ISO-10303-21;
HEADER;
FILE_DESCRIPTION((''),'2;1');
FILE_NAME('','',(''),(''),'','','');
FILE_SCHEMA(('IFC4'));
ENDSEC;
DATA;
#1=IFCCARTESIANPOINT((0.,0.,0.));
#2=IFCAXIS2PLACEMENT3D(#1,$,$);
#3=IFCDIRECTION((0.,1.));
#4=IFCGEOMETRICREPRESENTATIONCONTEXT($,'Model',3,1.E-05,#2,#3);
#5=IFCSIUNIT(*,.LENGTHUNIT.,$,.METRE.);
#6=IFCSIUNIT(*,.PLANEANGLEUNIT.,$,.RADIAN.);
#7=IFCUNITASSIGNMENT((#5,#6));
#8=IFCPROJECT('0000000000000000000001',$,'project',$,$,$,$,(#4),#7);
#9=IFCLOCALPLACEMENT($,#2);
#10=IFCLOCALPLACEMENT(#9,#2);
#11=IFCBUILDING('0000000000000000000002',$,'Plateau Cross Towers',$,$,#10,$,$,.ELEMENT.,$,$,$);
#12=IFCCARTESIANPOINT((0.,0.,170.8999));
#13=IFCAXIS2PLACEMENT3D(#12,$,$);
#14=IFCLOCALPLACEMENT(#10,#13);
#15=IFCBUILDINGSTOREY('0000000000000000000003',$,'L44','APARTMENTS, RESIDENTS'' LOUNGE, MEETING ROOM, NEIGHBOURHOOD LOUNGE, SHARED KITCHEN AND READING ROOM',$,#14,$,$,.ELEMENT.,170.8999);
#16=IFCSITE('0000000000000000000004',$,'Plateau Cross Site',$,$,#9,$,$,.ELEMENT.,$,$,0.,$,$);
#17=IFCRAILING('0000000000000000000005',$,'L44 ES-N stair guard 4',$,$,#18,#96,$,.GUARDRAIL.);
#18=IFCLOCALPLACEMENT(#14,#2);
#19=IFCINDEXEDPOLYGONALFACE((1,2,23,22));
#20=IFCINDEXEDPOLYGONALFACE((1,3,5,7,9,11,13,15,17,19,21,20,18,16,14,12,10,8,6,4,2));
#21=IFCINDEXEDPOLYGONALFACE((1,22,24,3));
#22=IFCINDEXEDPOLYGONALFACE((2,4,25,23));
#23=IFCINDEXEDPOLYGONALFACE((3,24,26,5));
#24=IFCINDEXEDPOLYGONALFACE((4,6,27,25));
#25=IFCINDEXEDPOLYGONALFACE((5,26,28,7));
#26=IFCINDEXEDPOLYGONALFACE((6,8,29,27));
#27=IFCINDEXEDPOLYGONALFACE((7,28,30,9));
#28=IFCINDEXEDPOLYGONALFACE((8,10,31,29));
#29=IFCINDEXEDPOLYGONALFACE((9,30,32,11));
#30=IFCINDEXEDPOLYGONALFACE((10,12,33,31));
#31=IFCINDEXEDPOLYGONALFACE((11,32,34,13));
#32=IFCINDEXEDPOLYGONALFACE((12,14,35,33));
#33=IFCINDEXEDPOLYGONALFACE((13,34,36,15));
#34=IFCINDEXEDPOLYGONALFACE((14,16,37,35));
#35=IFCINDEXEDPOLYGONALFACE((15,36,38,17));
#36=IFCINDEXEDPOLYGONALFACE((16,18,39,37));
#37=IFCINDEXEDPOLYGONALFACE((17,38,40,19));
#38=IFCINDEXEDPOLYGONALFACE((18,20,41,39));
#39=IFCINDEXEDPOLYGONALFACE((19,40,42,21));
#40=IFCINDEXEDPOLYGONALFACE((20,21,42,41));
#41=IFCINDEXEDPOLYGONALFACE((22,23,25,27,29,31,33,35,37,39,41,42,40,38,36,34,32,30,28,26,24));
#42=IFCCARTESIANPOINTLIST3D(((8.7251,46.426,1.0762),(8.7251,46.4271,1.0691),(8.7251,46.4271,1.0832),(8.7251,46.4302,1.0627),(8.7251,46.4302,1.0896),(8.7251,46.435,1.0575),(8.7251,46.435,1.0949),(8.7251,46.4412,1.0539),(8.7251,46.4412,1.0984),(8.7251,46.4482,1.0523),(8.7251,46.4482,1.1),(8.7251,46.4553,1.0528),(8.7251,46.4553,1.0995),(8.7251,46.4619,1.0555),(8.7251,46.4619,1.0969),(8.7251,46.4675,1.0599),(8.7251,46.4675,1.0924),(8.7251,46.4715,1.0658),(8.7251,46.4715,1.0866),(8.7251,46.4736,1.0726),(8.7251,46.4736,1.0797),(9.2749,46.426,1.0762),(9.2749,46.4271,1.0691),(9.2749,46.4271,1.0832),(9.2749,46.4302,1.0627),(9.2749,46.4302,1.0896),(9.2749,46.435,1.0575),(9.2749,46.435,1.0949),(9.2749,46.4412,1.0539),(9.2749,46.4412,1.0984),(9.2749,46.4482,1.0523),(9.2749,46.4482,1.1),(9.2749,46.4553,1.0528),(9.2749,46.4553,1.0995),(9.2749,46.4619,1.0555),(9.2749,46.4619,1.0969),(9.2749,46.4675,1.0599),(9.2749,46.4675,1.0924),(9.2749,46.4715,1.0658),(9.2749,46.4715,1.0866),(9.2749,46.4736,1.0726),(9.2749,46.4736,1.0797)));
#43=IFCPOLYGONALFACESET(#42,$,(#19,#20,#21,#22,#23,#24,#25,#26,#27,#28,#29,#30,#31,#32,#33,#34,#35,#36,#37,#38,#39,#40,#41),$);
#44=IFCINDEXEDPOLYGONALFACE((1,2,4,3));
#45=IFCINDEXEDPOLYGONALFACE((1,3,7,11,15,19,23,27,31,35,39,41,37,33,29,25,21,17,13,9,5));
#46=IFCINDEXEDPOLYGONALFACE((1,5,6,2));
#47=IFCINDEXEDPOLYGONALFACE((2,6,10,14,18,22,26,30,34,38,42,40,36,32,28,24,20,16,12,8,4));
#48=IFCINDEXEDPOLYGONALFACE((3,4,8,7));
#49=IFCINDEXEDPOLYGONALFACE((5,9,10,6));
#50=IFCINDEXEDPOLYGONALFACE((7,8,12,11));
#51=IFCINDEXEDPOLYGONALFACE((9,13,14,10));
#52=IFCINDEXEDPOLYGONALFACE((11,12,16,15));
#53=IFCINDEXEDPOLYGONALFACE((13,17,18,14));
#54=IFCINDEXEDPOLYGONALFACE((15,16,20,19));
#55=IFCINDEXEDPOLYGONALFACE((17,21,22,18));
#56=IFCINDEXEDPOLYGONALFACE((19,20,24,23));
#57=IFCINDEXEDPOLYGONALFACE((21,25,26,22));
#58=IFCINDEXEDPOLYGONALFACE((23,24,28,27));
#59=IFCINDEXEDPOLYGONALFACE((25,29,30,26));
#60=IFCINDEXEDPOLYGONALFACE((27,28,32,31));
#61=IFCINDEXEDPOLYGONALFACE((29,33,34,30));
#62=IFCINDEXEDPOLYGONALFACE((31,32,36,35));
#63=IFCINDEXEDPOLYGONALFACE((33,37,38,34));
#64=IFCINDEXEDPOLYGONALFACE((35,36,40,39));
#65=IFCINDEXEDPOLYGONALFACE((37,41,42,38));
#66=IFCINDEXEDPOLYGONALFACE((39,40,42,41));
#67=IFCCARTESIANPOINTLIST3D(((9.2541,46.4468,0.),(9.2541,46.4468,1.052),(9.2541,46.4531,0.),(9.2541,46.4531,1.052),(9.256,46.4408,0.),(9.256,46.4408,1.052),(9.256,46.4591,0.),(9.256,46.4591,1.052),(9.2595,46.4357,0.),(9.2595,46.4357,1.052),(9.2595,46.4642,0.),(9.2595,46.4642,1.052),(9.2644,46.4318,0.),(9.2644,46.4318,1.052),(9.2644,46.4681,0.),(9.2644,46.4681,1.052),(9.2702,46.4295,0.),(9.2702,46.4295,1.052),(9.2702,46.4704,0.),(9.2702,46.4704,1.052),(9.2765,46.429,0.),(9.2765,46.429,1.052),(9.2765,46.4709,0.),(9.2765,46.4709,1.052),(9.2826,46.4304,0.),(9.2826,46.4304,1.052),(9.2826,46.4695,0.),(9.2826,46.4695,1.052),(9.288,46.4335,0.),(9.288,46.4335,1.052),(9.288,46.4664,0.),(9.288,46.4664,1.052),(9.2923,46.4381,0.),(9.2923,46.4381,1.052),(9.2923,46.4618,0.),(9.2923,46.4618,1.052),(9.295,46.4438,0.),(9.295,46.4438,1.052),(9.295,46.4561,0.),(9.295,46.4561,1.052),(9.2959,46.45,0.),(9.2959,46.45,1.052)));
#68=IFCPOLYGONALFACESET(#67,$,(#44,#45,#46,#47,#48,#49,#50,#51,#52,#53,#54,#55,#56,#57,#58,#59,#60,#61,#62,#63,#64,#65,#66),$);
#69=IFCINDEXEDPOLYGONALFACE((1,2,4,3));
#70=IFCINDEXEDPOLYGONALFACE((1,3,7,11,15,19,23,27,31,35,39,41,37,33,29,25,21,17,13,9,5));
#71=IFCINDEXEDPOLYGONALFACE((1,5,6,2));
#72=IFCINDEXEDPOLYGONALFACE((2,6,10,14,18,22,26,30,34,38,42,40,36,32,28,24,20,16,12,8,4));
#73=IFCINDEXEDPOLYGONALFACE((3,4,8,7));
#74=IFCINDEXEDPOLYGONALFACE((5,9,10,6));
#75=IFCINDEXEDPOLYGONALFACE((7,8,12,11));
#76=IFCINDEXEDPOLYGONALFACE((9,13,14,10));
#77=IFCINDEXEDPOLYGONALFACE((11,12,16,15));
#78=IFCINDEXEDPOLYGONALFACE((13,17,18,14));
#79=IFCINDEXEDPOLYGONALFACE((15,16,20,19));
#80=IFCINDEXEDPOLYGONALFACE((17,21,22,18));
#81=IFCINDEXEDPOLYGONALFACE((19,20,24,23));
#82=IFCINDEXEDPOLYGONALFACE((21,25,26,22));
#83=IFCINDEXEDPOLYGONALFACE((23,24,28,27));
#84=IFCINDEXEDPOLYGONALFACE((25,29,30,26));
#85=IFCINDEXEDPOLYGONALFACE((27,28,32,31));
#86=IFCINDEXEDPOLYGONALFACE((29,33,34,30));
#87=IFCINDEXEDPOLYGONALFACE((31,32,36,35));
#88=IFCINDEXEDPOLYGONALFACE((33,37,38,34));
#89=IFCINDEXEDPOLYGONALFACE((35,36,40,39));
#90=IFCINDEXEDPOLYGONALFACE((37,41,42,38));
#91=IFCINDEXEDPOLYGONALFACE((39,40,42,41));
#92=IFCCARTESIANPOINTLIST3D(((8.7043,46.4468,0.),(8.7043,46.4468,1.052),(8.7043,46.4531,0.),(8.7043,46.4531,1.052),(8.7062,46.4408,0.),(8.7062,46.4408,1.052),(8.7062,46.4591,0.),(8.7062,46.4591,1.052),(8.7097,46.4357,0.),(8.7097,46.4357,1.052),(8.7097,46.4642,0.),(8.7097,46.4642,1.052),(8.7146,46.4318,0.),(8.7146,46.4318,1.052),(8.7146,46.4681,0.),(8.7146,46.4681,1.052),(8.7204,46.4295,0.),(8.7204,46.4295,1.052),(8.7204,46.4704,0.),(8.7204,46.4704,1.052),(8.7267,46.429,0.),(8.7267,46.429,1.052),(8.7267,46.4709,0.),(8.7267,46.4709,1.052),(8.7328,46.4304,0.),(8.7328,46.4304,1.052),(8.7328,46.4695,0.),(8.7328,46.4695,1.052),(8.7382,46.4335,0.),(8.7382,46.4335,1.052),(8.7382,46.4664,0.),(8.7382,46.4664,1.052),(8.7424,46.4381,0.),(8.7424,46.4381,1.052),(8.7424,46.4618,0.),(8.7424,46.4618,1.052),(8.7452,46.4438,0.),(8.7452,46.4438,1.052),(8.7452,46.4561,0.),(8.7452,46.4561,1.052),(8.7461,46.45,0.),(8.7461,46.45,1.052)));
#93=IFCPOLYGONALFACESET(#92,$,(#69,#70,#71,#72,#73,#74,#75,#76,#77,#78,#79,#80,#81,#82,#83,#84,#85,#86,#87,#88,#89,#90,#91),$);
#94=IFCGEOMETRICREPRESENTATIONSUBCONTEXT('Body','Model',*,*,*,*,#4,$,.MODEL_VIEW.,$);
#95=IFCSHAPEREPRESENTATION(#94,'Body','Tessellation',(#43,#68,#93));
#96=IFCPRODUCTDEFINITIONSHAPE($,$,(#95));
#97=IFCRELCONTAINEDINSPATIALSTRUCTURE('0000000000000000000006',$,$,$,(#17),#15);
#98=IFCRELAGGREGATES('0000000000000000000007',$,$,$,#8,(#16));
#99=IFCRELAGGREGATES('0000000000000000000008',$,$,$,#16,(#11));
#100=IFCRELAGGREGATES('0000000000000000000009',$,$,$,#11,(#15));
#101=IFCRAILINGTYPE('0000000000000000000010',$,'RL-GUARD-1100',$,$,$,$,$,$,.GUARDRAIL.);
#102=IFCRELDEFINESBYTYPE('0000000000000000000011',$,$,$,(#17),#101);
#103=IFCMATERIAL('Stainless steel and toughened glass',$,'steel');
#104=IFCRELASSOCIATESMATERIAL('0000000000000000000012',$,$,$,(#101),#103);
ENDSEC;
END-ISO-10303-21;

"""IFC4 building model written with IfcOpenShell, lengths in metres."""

from ifc_helpers import new_model, si_unit, direction, frame, origin, origin_2d, place, context, subcontext, project, spatial, circle, extrude, material, type_object, element, save


model = new_model("IFC4")

# Units and contexts
model_context = context("Model", 3, precision=1e-05, world=origin(), true_north=direction((0.0, 1.0)))
body_context = subcontext(model_context, "Body", "Model", "MODEL_VIEW")
ifc_project = project(units=[si_unit("LENGTHUNIT", "METRE"), si_unit("PLANEANGLEUNIT", "RADIAN")], contexts=[model_context])

# Site, building, storey
site_placement = place(None, origin())
site = spatial("IfcSite", under=ifc_project, at=site_placement, Name="Plateau Cross Site", CompositionType="ELEMENT", RefElevation=0.0)
building_placement = place(site_placement, origin())
building = spatial("IfcBuilding", under=site, at=building_placement, Name="Plateau Cross Towers", CompositionType="ELEMENT")
storey_placement = place(building_placement, frame((0.0, 0.0, 170.8999)))
storey = spatial("IfcBuildingStorey", under=building, at=storey_placement, Name="L44", Description="APARTMENTS, RESIDENTS' LOUNGE, MEETING ROOM, NEIGHBOURHOOD LOUNGE, SHARED KITCHEN AND READING ROOM", CompositionType="ELEMENT", Elevation=170.8999)

# Railing
ifc_material_1 = material(Name="Stainless steel and toughened glass", Category="steel")
railing_type_1 = type_object("IfcRailingType", Name="RL-GUARD-1100", PredefinedType="GUARDRAIL", material=ifc_material_1)
railing_1_placement = place(storey_placement, frame((9.2749, 46.45, 0.0)))
element("IfcRailing", 1, at=railing_1_placement, inside=storey, type_object=railing_type_1, Name="L44 ES-N stair guard 4", PredefinedType="GUARDRAIL", context=body_context, shape_type="SweptSolid", body=[
    extrude(circle(Radius=0.0239, at=origin_2d()), frame((0.0, 0.0, 1.0762), z_axis=(-1.0, 0.0, 0.0), x_axis=(0.0, -1.0, 0.0)), (0.0, 0.0, 1.0), 0.5498),
    extrude(circle(Radius=0.021, at=origin_2d()), origin(), (0.0, 0.0, 1.0), 1.052),
    extrude(circle(Radius=0.021, at=origin_2d()), frame((-0.5498, 0.0, 0.0)), (0.0, 0.0, 1.0), 1.052),
])

save(model, "model.ifc")
